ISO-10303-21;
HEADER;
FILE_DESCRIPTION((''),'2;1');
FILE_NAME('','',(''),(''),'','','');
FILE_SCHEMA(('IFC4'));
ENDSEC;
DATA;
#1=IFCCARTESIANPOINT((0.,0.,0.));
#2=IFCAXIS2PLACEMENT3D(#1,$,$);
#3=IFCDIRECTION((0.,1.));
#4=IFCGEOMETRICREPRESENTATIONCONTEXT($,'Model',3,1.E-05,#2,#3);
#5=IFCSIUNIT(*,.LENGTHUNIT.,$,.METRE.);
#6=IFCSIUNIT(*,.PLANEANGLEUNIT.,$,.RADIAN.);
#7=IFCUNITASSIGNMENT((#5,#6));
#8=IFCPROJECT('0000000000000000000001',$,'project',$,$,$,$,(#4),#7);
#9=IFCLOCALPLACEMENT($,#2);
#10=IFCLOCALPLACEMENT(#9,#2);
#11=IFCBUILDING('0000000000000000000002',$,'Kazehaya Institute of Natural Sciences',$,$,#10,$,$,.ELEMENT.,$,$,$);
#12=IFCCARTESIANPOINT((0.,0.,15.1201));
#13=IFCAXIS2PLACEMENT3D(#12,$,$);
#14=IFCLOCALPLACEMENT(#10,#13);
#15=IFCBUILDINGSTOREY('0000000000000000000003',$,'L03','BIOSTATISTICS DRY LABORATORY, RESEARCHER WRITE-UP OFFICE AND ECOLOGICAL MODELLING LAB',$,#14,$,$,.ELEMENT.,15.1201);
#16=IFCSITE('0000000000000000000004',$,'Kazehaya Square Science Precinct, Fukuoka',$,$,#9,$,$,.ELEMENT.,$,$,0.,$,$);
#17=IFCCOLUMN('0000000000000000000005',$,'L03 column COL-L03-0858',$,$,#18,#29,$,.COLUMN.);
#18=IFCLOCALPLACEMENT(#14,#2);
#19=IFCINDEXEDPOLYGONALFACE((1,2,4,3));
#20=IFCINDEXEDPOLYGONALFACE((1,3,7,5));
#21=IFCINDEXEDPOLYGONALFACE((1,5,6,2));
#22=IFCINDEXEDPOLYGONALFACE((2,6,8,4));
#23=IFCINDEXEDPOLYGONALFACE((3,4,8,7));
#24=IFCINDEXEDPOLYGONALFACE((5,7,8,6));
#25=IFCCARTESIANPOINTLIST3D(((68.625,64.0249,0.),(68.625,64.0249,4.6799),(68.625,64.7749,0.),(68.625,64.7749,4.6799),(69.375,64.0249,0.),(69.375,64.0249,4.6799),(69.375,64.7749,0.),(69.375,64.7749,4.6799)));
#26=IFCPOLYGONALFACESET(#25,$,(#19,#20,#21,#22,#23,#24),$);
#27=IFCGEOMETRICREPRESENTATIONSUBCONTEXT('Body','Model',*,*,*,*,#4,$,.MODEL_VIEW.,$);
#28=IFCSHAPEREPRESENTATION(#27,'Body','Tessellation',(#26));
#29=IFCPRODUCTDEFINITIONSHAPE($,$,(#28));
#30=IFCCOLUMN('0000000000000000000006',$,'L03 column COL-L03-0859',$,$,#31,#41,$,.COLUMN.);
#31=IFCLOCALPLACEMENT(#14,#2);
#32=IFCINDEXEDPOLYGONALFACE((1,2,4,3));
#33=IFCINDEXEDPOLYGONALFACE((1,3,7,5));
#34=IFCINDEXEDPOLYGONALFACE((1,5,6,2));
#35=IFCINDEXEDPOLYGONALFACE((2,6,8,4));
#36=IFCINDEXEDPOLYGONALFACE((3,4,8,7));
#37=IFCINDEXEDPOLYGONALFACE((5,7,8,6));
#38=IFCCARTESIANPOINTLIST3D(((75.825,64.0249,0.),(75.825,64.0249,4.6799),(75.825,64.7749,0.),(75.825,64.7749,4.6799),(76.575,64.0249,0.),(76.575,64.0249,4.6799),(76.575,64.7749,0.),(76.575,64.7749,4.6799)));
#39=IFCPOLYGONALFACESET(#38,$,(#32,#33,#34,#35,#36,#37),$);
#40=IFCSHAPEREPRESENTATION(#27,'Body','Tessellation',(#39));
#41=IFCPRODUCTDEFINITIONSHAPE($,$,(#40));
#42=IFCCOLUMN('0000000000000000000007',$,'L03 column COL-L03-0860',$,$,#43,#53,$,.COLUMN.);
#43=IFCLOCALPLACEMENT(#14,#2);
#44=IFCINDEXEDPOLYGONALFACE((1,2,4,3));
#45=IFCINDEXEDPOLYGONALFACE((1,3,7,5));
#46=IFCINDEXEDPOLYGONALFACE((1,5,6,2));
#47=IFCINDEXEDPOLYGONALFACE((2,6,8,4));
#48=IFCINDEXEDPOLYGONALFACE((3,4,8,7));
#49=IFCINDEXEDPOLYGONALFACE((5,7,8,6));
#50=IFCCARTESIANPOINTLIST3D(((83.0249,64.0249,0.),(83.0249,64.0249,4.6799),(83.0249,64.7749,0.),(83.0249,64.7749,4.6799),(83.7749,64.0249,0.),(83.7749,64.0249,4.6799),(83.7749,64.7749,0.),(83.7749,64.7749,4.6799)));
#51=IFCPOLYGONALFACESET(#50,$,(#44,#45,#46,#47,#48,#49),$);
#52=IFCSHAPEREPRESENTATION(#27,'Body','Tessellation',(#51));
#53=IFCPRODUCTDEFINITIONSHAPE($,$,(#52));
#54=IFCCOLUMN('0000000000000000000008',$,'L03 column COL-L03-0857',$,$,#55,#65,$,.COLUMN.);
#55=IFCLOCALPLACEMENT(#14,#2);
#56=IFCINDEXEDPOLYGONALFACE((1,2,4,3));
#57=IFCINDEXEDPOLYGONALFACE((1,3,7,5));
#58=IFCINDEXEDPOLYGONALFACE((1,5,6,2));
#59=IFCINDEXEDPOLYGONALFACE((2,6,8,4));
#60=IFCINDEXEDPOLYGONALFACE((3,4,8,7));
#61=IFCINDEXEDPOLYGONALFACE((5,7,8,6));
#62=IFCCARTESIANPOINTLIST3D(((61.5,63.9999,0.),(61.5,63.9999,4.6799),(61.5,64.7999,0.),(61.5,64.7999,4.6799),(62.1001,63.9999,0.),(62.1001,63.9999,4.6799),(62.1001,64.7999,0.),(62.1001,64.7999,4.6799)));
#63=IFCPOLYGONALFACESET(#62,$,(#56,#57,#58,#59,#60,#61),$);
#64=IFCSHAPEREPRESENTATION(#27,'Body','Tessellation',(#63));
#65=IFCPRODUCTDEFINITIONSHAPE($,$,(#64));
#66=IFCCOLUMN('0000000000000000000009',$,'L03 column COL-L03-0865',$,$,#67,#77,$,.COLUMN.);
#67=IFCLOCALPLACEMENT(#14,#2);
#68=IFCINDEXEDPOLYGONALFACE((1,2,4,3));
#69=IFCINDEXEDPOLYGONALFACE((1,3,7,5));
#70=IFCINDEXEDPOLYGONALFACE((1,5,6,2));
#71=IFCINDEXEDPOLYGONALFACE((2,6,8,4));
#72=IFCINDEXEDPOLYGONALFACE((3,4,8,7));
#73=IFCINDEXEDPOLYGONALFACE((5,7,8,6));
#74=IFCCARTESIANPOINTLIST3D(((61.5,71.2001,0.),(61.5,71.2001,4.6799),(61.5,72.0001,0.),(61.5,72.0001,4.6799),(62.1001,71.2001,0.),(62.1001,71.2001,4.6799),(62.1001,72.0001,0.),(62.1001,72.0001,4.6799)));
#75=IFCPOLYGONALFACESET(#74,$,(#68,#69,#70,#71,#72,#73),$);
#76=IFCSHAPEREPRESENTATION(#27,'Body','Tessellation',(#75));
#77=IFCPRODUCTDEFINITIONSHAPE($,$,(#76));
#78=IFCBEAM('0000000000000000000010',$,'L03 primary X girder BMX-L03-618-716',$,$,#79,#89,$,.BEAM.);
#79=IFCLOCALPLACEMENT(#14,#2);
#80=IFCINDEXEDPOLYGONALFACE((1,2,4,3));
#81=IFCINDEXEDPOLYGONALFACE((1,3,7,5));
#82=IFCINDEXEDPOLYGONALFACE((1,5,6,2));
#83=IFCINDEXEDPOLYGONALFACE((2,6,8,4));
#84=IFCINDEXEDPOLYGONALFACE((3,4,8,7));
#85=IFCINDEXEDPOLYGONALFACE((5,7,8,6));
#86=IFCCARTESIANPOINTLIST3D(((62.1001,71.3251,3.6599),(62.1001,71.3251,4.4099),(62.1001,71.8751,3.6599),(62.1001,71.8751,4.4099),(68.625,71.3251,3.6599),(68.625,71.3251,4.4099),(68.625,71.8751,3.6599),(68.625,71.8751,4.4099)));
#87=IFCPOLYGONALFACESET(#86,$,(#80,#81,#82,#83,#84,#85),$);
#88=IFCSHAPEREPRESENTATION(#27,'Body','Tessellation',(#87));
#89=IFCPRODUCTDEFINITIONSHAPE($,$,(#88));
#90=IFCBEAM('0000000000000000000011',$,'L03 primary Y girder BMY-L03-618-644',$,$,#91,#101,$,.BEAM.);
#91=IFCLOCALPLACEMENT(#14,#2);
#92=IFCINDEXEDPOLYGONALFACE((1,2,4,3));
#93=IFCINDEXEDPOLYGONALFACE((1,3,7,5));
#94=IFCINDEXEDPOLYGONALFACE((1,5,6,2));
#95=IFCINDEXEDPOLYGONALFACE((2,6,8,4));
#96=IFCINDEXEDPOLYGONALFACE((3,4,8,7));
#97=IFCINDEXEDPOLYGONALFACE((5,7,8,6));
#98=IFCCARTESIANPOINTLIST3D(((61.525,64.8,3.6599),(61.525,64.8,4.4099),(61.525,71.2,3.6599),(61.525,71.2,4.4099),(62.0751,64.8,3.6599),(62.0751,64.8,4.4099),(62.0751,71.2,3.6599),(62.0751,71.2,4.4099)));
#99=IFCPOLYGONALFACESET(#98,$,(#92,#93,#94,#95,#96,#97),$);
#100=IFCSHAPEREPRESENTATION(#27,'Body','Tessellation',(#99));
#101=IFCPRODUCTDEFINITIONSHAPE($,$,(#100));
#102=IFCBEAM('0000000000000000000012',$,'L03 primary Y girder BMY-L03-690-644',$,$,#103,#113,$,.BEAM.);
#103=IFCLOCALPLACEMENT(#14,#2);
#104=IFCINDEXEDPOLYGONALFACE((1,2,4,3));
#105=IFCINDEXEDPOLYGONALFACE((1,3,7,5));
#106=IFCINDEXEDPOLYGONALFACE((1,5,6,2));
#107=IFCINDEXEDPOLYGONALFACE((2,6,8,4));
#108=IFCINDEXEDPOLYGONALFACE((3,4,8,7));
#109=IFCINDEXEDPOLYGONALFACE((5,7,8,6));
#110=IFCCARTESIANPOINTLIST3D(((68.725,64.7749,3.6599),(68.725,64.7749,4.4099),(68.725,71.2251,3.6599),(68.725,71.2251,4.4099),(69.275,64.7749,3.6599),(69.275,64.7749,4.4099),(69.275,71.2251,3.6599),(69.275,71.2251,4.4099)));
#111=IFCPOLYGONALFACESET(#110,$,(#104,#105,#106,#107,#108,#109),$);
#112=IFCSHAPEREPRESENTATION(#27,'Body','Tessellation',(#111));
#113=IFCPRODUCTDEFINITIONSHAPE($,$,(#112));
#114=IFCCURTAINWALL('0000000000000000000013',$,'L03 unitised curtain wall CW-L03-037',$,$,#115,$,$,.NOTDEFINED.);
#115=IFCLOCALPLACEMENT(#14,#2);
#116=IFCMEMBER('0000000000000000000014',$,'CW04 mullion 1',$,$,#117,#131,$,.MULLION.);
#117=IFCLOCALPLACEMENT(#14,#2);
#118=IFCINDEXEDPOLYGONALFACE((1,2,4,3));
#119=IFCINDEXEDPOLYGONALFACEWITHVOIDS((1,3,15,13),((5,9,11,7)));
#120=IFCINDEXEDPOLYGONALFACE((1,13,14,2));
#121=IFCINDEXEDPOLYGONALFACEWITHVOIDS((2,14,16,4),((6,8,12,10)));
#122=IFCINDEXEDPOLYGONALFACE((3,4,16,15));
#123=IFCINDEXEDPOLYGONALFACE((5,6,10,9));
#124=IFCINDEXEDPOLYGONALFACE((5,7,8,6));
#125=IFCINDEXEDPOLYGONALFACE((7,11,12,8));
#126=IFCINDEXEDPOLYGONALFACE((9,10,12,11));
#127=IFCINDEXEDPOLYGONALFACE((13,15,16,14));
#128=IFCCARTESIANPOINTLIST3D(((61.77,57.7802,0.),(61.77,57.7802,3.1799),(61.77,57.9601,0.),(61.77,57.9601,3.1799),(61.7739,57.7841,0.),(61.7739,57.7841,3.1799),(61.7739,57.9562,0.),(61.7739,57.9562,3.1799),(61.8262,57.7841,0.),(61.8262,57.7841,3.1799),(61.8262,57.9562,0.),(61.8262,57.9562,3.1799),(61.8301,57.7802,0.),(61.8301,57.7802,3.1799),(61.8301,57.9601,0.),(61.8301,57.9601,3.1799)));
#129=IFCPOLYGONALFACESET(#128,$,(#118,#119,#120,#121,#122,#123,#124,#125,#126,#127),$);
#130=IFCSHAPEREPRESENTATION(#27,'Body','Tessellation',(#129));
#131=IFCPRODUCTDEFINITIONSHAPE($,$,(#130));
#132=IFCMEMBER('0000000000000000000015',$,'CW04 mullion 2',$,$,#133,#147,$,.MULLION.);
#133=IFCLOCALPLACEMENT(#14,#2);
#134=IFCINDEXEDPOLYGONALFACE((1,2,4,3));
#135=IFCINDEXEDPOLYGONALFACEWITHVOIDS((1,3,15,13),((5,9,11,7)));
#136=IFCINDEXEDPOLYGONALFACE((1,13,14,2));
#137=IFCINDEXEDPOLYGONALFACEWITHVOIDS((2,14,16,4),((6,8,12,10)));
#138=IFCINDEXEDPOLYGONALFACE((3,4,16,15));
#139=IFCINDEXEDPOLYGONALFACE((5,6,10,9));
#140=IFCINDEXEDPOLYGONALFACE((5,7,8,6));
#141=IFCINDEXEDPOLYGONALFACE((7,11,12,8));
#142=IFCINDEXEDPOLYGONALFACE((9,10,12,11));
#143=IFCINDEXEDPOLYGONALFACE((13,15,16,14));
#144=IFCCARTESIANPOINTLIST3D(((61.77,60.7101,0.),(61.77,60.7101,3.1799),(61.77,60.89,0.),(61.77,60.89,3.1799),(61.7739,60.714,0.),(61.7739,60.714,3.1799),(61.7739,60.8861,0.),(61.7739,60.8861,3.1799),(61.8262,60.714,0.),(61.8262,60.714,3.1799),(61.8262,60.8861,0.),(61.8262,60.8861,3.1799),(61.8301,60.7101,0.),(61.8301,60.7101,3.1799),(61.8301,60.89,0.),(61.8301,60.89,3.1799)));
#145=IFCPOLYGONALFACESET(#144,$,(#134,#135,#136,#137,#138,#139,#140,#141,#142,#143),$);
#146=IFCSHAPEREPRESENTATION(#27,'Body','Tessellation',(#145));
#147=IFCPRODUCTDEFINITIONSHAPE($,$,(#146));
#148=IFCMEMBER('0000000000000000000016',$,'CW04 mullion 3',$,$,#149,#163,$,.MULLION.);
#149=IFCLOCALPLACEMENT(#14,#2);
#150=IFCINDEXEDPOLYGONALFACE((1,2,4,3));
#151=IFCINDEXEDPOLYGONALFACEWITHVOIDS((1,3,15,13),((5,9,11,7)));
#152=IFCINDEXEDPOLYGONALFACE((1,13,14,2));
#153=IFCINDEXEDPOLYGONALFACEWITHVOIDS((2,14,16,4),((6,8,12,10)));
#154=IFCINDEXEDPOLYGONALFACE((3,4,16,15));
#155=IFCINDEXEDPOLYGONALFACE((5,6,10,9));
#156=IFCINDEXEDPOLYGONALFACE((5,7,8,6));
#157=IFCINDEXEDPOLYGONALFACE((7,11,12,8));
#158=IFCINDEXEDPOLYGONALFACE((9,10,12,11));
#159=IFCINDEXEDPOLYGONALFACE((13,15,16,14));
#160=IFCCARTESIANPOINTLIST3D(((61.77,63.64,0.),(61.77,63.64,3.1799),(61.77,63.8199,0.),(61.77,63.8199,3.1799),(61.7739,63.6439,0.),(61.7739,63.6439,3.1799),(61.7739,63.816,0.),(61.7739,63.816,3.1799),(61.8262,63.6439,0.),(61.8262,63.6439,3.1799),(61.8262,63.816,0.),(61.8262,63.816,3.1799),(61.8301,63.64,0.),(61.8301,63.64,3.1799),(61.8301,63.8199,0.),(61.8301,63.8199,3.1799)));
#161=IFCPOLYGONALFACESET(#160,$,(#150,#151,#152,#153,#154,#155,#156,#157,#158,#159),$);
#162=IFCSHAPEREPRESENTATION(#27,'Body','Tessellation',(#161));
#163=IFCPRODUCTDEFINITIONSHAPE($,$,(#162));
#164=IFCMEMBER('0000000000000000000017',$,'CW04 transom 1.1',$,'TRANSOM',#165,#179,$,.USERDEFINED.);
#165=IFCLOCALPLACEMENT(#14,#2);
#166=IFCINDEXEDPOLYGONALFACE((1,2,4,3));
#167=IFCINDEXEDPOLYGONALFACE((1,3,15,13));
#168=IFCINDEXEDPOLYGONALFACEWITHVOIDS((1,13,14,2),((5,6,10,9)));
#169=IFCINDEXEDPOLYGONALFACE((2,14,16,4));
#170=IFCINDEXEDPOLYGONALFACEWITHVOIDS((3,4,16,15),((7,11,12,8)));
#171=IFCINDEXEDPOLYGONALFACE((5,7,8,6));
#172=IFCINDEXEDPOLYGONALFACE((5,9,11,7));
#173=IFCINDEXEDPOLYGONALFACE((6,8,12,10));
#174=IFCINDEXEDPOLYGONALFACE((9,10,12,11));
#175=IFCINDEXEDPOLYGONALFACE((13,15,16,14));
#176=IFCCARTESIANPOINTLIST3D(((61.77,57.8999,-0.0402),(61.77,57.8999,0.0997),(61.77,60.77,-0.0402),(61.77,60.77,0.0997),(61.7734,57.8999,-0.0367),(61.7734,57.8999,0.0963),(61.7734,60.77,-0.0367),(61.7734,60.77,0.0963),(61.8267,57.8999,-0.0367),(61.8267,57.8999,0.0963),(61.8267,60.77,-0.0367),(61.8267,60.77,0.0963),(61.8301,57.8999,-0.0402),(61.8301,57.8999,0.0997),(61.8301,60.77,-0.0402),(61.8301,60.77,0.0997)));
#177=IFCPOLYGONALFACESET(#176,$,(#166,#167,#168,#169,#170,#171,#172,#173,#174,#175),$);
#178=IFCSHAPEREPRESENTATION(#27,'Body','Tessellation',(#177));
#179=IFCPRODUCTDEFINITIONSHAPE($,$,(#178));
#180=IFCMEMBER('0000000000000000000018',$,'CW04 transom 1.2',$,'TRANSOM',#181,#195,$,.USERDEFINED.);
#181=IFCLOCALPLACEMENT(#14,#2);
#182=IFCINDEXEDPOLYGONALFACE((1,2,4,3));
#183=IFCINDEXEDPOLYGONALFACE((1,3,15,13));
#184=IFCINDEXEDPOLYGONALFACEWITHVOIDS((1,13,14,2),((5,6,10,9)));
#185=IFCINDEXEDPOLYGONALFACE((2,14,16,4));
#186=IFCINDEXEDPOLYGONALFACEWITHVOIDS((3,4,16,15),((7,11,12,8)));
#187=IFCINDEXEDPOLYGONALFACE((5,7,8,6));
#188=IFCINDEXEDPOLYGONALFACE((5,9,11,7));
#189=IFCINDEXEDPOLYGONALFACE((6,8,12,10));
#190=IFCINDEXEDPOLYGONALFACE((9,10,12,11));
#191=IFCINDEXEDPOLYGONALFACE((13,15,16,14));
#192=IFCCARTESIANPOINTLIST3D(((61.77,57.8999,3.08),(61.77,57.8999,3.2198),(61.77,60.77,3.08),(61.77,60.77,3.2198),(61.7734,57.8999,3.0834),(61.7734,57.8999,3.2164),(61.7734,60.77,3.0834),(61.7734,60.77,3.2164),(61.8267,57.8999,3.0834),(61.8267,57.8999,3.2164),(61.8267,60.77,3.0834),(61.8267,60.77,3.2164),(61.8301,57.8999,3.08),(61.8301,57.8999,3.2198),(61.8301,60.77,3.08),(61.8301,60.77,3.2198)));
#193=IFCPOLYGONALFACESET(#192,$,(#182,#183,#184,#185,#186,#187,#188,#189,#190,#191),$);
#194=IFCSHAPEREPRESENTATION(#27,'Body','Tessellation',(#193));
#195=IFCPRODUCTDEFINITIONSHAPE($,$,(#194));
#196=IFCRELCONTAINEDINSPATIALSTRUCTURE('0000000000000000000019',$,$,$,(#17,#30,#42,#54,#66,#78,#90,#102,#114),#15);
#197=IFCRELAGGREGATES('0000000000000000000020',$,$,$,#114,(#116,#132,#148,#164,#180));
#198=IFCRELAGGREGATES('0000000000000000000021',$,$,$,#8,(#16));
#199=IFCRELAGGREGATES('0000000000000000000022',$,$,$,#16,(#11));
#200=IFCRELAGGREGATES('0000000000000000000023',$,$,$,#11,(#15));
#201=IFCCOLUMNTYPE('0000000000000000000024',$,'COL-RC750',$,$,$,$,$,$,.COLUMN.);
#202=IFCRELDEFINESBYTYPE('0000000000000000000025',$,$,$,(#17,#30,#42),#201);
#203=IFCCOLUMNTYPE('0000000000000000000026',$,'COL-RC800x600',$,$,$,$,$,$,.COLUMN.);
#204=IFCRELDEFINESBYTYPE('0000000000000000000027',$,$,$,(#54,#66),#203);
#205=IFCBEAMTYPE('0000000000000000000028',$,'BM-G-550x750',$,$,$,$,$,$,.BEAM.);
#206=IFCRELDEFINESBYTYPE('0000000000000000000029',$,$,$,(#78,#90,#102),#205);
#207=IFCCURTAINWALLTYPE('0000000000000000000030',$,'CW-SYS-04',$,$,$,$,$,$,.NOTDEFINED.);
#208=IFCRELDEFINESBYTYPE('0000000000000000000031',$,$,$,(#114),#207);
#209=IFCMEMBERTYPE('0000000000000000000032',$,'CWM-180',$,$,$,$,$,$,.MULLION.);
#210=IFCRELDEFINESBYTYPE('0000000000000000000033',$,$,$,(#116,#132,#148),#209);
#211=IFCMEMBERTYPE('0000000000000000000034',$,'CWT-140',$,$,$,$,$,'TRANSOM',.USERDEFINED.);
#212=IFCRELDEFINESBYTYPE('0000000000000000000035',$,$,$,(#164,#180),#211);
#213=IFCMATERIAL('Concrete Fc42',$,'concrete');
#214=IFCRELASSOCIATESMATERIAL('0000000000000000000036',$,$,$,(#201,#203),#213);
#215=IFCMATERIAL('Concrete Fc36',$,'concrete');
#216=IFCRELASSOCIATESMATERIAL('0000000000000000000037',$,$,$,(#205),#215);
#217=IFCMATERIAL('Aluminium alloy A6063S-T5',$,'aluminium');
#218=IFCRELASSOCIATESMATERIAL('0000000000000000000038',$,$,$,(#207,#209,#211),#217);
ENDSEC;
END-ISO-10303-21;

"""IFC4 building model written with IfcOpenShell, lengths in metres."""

from ifc_helpers import new_model, si_unit, direction, frame, origin, origin_2d, place, context, subcontext, project, spatial, rectangle, hollow_rectangle, extrude, material, material_profile, profile_set, type_object, element, aggregate, save


model = new_model("IFC4")

# Units and contexts
model_context = context("Model", 3, precision=1e-05, world=origin(), true_north=direction((0.0, 1.0)))
body_context = subcontext(model_context, "Body", "Model", "MODEL_VIEW")
ifc_project = project(units=[si_unit("LENGTHUNIT", "METRE"), si_unit("PLANEANGLEUNIT", "RADIAN")], contexts=[model_context])

# Site, building, storey
site_placement = place(None, origin())
site = spatial("IfcSite", under=ifc_project, at=site_placement, Name="Kazehaya Square Science Precinct, Fukuoka", CompositionType="ELEMENT", RefElevation=0.0)
building_placement = place(site_placement, origin())
building = spatial("IfcBuilding", under=site, at=building_placement, Name="Kazehaya Institute of Natural Sciences", CompositionType="ELEMENT")
storey_placement = place(building_placement, frame((0.0, 0.0, 15.1201)))
storey = spatial("IfcBuildingStorey", under=building, at=storey_placement, Name="L03", Description="BIOSTATISTICS DRY LABORATORY, RESEARCHER WRITE-UP OFFICE AND ECOLOGICAL MODELLING LAB", CompositionType="ELEMENT", Elevation=15.1201)

# Columns
ifc_material_1 = material(Name="Concrete Fc42", Category="concrete")
ifc_material_profile_1 = material_profile(ifc_material_1, rectangle(XDim=0.75, YDim=0.75, at=origin_2d()), Name="RC-750x750")
ifc_profile_set_1 = profile_set([ifc_material_profile_1], Name="Concrete Fc42")
column_type_1 = type_object("IfcColumnType", Name="COL-RC750", PredefinedType="COLUMN", material=ifc_profile_set_1)
for number, where, z_axis, x_axis, name in (
    (1, (69.0, 64.3999, 0.0), (0.0, 0.0, 1.0), (1.0, 0.0, 0.0), "L03 column COL-L03-0858"),
    (2, (76.2, 64.3999, 0.0), (0.0, 0.0, 1.0), (1.0, 0.0, 0.0), "L03 column COL-L03-0859"),
    (3, (83.3999, 64.3999, 0.0), (0.0, 0.0, 1.0), (1.0, 0.0, 0.0), "L03 column COL-L03-0860"),
):
    element("IfcColumn", number, at=place(storey_placement, frame(where, z_axis=z_axis, x_axis=x_axis)), inside=storey, type_object=column_type_1, Name=name, PredefinedType="COLUMN", context=body_context, shape_type="SweptSolid", body=[
        extrude(rectangle(XDim=0.75, YDim=0.75, at=origin_2d()), origin(), (0.0, 0.0, 1.0), 4.6799),
    ])
ifc_material_profile_2 = material_profile(ifc_material_1, rectangle(XDim=0.6001, YDim=0.8, at=origin_2d()), Name="RC-800x600")
ifc_profile_set_2 = profile_set([ifc_material_profile_2], Name="Concrete Fc42")
column_type_2 = type_object("IfcColumnType", Name="COL-RC800x600", PredefinedType="COLUMN", material=ifc_profile_set_2)
for number, where, z_axis, x_axis, name in (
    (4, (61.8, 64.3999, 0.0), (0.0, 0.0, 1.0), (1.0, 0.0, 0.0), "L03 column COL-L03-0857"),
    (5, (61.8, 71.6001, 0.0), (0.0, 0.0, 1.0), (1.0, 0.0, 0.0), "L03 column COL-L03-0865"),
):
    element("IfcColumn", number, at=place(storey_placement, frame(where, z_axis=z_axis, x_axis=x_axis)), inside=storey, type_object=column_type_2, Name=name, PredefinedType="COLUMN", context=body_context, shape_type="SweptSolid", body=[
        extrude(rectangle(XDim=0.6001, YDim=0.8, at=origin_2d()), origin(), (0.0, 0.0, 1.0), 4.6799),
    ])

# Beams
ifc_material_2 = material(Name="Concrete Fc36", Category="concrete")
ifc_material_profile_3 = material_profile(ifc_material_2, rectangle(XDim=0.55, YDim=0.75, at=origin_2d()), Name="RC-550x750")
ifc_profile_set_3 = profile_set([ifc_material_profile_3], Name="Concrete Fc36")
beam_type = type_object("IfcBeamType", Name="BM-G-550x750", PredefinedType="BEAM", material=ifc_profile_set_3)
beam_1_placement = place(storey_placement, frame((62.1001, 71.6001, 4.0349), z_axis=(1.0, 0.0, 0.0), x_axis=(0.0, 1.0, 0.0)))
element("IfcBeam", 6, at=beam_1_placement, inside=storey, type_object=beam_type, Name="L03 primary X girder BMX-L03-618-716", PredefinedType="BEAM", context=body_context, shape_type="SweptSolid", body=[
    extrude(rectangle(XDim=0.55, YDim=0.75, at=origin_2d()), origin(), (0.0, 0.0, 1.0), 6.5249),
])
beam_2_placement = place(storey_placement, frame((61.8, 64.8, 4.0349), z_axis=(0.0, 1.0, 0.0), x_axis=(-1.0, 0.0, 0.0)))
element("IfcBeam", 7, at=beam_2_placement, inside=storey, type_object=beam_type, Name="L03 primary Y girder BMY-L03-618-644", PredefinedType="BEAM", context=body_context, shape_type="SweptSolid", body=[
    extrude(rectangle(XDim=0.55, YDim=0.75, at=origin_2d()), origin(), (0.0, 0.0, 1.0), 6.3999),
])
beam_3_placement = place(storey_placement, frame((69.0, 64.7749, 4.0349), z_axis=(0.0, 1.0, 0.0), x_axis=(-1.0, 0.0, 0.0)))
element("IfcBeam", 8, at=beam_3_placement, inside=storey, type_object=beam_type, Name="L03 primary Y girder BMY-L03-690-644", PredefinedType="BEAM", context=body_context, shape_type="SweptSolid", body=[
    extrude(rectangle(XDim=0.55, YDim=0.75, at=origin_2d()), origin(), (0.0, 0.0, 1.0), 6.4502),
])

# Curtain wall, members
ifc_material_3 = material(Name="Aluminium alloy A6063S-T5", Category="aluminium")
curtain_wall_type = type_object("IfcCurtainWallType", Name="CW-SYS-04", PredefinedType="NOTDEFINED", material=ifc_material_3)
curtain_wall_placement = place(storey_placement, origin())
curtain_wall = element("IfcCurtainWall", 9, at=curtain_wall_placement, inside=storey, type_object=curtain_wall_type, Name="L03 unitised curtain wall CW-L03-037", PredefinedType="NOTDEFINED")
ifc_material_profile_4 = material_profile(ifc_material_3, hollow_rectangle(XDim=0.0601, YDim=0.1799, WallThickness=0.0039, at=origin_2d()), Name="ALU-60x180x4")
ifc_profile_set_4 = profile_set([ifc_material_profile_4], Name="Aluminium alloy A6063S-T5")
member_type_1 = type_object("IfcMemberType", Name="CWM-180", PredefinedType="MULLION", material=ifc_profile_set_4)
member_1_placement = place(storey_placement, frame((61.8, 57.8701, 0.0), z_axis=(0.0, 0.0, 1.0), x_axis=(-1.0, 0.0, 0.0)))
member_1 = element("IfcMember", 10, at=member_1_placement, type_object=member_type_1, Name="CW04 mullion 1", PredefinedType="MULLION", context=body_context, shape_type="SweptSolid", body=[
    extrude(hollow_rectangle(XDim=0.0601, YDim=0.1799, WallThickness=0.0039, at=origin_2d()), origin(), (0.0, 0.0, 1.0), 3.1799),
])
member_2_placement = place(storey_placement, frame((61.8, 60.8, 0.0), z_axis=(0.0, 0.0, 1.0), x_axis=(-1.0, 0.0, 0.0)))
member_2 = element("IfcMember", 11, at=member_2_placement, type_object=member_type_1, Name="CW04 mullion 2", PredefinedType="MULLION", context=body_context, shape_type="SweptSolid", body=[
    extrude(hollow_rectangle(XDim=0.0601, YDim=0.1799, WallThickness=0.0039, at=origin_2d()), origin(), (0.0, 0.0, 1.0), 3.1799),
])
member_3_placement = place(storey_placement, frame((61.8, 63.73, 0.0), z_axis=(0.0, 0.0, 1.0), x_axis=(-1.0, 0.0, 0.0)))
member_3 = element("IfcMember", 12, at=member_3_placement, type_object=member_type_1, Name="CW04 mullion 3", PredefinedType="MULLION", context=body_context, shape_type="SweptSolid", body=[
    extrude(hollow_rectangle(XDim=0.0601, YDim=0.1799, WallThickness=0.0039, at=origin_2d()), origin(), (0.0, 0.0, 1.0), 3.1799),
])
ifc_material_profile_5 = material_profile(ifc_material_3, hollow_rectangle(XDim=0.0601, YDim=0.1399, WallThickness=0.0034, at=origin_2d()), Name="ALU-60x140x3.5")
ifc_profile_set_5 = profile_set([ifc_material_profile_5], Name="Aluminium alloy A6063S-T5")
member_type_2 = type_object("IfcMemberType", Name="CWT-140", ElementType="TRANSOM", PredefinedType="USERDEFINED", material=ifc_profile_set_5)
member_4_placement = place(storey_placement, frame((61.8, 57.8999, 0.0298), z_axis=(0.0, 1.0, 0.0), x_axis=(-1.0, 0.0, 0.0)))
member_4 = element("IfcMember", 13, at=member_4_placement, type_object=member_type_2, Name="CW04 transom 1.1", ObjectType="TRANSOM", PredefinedType="USERDEFINED", context=body_context, shape_type="SweptSolid", body=[
    extrude(hollow_rectangle(XDim=0.0601, YDim=0.1399, WallThickness=0.0034, at=origin_2d()), origin(), (0.0, 0.0, 1.0), 2.8701),
])
member_5_placement = place(storey_placement, frame((61.8, 57.8999, 3.1499), z_axis=(0.0, 1.0, 0.0), x_axis=(-1.0, 0.0, 0.0)))
member_5 = element("IfcMember", 14, at=member_5_placement, type_object=member_type_2, Name="CW04 transom 1.2", ObjectType="TRANSOM", PredefinedType="USERDEFINED", context=body_context, shape_type="SweptSolid", body=[
    extrude(hollow_rectangle(XDim=0.0601, YDim=0.1399, WallThickness=0.0034, at=origin_2d()), origin(), (0.0, 0.0, 1.0), 2.8701),
])
aggregate(curtain_wall, [member_1, member_2, member_3, member_4, member_5])

save(model, "model.ifc")
